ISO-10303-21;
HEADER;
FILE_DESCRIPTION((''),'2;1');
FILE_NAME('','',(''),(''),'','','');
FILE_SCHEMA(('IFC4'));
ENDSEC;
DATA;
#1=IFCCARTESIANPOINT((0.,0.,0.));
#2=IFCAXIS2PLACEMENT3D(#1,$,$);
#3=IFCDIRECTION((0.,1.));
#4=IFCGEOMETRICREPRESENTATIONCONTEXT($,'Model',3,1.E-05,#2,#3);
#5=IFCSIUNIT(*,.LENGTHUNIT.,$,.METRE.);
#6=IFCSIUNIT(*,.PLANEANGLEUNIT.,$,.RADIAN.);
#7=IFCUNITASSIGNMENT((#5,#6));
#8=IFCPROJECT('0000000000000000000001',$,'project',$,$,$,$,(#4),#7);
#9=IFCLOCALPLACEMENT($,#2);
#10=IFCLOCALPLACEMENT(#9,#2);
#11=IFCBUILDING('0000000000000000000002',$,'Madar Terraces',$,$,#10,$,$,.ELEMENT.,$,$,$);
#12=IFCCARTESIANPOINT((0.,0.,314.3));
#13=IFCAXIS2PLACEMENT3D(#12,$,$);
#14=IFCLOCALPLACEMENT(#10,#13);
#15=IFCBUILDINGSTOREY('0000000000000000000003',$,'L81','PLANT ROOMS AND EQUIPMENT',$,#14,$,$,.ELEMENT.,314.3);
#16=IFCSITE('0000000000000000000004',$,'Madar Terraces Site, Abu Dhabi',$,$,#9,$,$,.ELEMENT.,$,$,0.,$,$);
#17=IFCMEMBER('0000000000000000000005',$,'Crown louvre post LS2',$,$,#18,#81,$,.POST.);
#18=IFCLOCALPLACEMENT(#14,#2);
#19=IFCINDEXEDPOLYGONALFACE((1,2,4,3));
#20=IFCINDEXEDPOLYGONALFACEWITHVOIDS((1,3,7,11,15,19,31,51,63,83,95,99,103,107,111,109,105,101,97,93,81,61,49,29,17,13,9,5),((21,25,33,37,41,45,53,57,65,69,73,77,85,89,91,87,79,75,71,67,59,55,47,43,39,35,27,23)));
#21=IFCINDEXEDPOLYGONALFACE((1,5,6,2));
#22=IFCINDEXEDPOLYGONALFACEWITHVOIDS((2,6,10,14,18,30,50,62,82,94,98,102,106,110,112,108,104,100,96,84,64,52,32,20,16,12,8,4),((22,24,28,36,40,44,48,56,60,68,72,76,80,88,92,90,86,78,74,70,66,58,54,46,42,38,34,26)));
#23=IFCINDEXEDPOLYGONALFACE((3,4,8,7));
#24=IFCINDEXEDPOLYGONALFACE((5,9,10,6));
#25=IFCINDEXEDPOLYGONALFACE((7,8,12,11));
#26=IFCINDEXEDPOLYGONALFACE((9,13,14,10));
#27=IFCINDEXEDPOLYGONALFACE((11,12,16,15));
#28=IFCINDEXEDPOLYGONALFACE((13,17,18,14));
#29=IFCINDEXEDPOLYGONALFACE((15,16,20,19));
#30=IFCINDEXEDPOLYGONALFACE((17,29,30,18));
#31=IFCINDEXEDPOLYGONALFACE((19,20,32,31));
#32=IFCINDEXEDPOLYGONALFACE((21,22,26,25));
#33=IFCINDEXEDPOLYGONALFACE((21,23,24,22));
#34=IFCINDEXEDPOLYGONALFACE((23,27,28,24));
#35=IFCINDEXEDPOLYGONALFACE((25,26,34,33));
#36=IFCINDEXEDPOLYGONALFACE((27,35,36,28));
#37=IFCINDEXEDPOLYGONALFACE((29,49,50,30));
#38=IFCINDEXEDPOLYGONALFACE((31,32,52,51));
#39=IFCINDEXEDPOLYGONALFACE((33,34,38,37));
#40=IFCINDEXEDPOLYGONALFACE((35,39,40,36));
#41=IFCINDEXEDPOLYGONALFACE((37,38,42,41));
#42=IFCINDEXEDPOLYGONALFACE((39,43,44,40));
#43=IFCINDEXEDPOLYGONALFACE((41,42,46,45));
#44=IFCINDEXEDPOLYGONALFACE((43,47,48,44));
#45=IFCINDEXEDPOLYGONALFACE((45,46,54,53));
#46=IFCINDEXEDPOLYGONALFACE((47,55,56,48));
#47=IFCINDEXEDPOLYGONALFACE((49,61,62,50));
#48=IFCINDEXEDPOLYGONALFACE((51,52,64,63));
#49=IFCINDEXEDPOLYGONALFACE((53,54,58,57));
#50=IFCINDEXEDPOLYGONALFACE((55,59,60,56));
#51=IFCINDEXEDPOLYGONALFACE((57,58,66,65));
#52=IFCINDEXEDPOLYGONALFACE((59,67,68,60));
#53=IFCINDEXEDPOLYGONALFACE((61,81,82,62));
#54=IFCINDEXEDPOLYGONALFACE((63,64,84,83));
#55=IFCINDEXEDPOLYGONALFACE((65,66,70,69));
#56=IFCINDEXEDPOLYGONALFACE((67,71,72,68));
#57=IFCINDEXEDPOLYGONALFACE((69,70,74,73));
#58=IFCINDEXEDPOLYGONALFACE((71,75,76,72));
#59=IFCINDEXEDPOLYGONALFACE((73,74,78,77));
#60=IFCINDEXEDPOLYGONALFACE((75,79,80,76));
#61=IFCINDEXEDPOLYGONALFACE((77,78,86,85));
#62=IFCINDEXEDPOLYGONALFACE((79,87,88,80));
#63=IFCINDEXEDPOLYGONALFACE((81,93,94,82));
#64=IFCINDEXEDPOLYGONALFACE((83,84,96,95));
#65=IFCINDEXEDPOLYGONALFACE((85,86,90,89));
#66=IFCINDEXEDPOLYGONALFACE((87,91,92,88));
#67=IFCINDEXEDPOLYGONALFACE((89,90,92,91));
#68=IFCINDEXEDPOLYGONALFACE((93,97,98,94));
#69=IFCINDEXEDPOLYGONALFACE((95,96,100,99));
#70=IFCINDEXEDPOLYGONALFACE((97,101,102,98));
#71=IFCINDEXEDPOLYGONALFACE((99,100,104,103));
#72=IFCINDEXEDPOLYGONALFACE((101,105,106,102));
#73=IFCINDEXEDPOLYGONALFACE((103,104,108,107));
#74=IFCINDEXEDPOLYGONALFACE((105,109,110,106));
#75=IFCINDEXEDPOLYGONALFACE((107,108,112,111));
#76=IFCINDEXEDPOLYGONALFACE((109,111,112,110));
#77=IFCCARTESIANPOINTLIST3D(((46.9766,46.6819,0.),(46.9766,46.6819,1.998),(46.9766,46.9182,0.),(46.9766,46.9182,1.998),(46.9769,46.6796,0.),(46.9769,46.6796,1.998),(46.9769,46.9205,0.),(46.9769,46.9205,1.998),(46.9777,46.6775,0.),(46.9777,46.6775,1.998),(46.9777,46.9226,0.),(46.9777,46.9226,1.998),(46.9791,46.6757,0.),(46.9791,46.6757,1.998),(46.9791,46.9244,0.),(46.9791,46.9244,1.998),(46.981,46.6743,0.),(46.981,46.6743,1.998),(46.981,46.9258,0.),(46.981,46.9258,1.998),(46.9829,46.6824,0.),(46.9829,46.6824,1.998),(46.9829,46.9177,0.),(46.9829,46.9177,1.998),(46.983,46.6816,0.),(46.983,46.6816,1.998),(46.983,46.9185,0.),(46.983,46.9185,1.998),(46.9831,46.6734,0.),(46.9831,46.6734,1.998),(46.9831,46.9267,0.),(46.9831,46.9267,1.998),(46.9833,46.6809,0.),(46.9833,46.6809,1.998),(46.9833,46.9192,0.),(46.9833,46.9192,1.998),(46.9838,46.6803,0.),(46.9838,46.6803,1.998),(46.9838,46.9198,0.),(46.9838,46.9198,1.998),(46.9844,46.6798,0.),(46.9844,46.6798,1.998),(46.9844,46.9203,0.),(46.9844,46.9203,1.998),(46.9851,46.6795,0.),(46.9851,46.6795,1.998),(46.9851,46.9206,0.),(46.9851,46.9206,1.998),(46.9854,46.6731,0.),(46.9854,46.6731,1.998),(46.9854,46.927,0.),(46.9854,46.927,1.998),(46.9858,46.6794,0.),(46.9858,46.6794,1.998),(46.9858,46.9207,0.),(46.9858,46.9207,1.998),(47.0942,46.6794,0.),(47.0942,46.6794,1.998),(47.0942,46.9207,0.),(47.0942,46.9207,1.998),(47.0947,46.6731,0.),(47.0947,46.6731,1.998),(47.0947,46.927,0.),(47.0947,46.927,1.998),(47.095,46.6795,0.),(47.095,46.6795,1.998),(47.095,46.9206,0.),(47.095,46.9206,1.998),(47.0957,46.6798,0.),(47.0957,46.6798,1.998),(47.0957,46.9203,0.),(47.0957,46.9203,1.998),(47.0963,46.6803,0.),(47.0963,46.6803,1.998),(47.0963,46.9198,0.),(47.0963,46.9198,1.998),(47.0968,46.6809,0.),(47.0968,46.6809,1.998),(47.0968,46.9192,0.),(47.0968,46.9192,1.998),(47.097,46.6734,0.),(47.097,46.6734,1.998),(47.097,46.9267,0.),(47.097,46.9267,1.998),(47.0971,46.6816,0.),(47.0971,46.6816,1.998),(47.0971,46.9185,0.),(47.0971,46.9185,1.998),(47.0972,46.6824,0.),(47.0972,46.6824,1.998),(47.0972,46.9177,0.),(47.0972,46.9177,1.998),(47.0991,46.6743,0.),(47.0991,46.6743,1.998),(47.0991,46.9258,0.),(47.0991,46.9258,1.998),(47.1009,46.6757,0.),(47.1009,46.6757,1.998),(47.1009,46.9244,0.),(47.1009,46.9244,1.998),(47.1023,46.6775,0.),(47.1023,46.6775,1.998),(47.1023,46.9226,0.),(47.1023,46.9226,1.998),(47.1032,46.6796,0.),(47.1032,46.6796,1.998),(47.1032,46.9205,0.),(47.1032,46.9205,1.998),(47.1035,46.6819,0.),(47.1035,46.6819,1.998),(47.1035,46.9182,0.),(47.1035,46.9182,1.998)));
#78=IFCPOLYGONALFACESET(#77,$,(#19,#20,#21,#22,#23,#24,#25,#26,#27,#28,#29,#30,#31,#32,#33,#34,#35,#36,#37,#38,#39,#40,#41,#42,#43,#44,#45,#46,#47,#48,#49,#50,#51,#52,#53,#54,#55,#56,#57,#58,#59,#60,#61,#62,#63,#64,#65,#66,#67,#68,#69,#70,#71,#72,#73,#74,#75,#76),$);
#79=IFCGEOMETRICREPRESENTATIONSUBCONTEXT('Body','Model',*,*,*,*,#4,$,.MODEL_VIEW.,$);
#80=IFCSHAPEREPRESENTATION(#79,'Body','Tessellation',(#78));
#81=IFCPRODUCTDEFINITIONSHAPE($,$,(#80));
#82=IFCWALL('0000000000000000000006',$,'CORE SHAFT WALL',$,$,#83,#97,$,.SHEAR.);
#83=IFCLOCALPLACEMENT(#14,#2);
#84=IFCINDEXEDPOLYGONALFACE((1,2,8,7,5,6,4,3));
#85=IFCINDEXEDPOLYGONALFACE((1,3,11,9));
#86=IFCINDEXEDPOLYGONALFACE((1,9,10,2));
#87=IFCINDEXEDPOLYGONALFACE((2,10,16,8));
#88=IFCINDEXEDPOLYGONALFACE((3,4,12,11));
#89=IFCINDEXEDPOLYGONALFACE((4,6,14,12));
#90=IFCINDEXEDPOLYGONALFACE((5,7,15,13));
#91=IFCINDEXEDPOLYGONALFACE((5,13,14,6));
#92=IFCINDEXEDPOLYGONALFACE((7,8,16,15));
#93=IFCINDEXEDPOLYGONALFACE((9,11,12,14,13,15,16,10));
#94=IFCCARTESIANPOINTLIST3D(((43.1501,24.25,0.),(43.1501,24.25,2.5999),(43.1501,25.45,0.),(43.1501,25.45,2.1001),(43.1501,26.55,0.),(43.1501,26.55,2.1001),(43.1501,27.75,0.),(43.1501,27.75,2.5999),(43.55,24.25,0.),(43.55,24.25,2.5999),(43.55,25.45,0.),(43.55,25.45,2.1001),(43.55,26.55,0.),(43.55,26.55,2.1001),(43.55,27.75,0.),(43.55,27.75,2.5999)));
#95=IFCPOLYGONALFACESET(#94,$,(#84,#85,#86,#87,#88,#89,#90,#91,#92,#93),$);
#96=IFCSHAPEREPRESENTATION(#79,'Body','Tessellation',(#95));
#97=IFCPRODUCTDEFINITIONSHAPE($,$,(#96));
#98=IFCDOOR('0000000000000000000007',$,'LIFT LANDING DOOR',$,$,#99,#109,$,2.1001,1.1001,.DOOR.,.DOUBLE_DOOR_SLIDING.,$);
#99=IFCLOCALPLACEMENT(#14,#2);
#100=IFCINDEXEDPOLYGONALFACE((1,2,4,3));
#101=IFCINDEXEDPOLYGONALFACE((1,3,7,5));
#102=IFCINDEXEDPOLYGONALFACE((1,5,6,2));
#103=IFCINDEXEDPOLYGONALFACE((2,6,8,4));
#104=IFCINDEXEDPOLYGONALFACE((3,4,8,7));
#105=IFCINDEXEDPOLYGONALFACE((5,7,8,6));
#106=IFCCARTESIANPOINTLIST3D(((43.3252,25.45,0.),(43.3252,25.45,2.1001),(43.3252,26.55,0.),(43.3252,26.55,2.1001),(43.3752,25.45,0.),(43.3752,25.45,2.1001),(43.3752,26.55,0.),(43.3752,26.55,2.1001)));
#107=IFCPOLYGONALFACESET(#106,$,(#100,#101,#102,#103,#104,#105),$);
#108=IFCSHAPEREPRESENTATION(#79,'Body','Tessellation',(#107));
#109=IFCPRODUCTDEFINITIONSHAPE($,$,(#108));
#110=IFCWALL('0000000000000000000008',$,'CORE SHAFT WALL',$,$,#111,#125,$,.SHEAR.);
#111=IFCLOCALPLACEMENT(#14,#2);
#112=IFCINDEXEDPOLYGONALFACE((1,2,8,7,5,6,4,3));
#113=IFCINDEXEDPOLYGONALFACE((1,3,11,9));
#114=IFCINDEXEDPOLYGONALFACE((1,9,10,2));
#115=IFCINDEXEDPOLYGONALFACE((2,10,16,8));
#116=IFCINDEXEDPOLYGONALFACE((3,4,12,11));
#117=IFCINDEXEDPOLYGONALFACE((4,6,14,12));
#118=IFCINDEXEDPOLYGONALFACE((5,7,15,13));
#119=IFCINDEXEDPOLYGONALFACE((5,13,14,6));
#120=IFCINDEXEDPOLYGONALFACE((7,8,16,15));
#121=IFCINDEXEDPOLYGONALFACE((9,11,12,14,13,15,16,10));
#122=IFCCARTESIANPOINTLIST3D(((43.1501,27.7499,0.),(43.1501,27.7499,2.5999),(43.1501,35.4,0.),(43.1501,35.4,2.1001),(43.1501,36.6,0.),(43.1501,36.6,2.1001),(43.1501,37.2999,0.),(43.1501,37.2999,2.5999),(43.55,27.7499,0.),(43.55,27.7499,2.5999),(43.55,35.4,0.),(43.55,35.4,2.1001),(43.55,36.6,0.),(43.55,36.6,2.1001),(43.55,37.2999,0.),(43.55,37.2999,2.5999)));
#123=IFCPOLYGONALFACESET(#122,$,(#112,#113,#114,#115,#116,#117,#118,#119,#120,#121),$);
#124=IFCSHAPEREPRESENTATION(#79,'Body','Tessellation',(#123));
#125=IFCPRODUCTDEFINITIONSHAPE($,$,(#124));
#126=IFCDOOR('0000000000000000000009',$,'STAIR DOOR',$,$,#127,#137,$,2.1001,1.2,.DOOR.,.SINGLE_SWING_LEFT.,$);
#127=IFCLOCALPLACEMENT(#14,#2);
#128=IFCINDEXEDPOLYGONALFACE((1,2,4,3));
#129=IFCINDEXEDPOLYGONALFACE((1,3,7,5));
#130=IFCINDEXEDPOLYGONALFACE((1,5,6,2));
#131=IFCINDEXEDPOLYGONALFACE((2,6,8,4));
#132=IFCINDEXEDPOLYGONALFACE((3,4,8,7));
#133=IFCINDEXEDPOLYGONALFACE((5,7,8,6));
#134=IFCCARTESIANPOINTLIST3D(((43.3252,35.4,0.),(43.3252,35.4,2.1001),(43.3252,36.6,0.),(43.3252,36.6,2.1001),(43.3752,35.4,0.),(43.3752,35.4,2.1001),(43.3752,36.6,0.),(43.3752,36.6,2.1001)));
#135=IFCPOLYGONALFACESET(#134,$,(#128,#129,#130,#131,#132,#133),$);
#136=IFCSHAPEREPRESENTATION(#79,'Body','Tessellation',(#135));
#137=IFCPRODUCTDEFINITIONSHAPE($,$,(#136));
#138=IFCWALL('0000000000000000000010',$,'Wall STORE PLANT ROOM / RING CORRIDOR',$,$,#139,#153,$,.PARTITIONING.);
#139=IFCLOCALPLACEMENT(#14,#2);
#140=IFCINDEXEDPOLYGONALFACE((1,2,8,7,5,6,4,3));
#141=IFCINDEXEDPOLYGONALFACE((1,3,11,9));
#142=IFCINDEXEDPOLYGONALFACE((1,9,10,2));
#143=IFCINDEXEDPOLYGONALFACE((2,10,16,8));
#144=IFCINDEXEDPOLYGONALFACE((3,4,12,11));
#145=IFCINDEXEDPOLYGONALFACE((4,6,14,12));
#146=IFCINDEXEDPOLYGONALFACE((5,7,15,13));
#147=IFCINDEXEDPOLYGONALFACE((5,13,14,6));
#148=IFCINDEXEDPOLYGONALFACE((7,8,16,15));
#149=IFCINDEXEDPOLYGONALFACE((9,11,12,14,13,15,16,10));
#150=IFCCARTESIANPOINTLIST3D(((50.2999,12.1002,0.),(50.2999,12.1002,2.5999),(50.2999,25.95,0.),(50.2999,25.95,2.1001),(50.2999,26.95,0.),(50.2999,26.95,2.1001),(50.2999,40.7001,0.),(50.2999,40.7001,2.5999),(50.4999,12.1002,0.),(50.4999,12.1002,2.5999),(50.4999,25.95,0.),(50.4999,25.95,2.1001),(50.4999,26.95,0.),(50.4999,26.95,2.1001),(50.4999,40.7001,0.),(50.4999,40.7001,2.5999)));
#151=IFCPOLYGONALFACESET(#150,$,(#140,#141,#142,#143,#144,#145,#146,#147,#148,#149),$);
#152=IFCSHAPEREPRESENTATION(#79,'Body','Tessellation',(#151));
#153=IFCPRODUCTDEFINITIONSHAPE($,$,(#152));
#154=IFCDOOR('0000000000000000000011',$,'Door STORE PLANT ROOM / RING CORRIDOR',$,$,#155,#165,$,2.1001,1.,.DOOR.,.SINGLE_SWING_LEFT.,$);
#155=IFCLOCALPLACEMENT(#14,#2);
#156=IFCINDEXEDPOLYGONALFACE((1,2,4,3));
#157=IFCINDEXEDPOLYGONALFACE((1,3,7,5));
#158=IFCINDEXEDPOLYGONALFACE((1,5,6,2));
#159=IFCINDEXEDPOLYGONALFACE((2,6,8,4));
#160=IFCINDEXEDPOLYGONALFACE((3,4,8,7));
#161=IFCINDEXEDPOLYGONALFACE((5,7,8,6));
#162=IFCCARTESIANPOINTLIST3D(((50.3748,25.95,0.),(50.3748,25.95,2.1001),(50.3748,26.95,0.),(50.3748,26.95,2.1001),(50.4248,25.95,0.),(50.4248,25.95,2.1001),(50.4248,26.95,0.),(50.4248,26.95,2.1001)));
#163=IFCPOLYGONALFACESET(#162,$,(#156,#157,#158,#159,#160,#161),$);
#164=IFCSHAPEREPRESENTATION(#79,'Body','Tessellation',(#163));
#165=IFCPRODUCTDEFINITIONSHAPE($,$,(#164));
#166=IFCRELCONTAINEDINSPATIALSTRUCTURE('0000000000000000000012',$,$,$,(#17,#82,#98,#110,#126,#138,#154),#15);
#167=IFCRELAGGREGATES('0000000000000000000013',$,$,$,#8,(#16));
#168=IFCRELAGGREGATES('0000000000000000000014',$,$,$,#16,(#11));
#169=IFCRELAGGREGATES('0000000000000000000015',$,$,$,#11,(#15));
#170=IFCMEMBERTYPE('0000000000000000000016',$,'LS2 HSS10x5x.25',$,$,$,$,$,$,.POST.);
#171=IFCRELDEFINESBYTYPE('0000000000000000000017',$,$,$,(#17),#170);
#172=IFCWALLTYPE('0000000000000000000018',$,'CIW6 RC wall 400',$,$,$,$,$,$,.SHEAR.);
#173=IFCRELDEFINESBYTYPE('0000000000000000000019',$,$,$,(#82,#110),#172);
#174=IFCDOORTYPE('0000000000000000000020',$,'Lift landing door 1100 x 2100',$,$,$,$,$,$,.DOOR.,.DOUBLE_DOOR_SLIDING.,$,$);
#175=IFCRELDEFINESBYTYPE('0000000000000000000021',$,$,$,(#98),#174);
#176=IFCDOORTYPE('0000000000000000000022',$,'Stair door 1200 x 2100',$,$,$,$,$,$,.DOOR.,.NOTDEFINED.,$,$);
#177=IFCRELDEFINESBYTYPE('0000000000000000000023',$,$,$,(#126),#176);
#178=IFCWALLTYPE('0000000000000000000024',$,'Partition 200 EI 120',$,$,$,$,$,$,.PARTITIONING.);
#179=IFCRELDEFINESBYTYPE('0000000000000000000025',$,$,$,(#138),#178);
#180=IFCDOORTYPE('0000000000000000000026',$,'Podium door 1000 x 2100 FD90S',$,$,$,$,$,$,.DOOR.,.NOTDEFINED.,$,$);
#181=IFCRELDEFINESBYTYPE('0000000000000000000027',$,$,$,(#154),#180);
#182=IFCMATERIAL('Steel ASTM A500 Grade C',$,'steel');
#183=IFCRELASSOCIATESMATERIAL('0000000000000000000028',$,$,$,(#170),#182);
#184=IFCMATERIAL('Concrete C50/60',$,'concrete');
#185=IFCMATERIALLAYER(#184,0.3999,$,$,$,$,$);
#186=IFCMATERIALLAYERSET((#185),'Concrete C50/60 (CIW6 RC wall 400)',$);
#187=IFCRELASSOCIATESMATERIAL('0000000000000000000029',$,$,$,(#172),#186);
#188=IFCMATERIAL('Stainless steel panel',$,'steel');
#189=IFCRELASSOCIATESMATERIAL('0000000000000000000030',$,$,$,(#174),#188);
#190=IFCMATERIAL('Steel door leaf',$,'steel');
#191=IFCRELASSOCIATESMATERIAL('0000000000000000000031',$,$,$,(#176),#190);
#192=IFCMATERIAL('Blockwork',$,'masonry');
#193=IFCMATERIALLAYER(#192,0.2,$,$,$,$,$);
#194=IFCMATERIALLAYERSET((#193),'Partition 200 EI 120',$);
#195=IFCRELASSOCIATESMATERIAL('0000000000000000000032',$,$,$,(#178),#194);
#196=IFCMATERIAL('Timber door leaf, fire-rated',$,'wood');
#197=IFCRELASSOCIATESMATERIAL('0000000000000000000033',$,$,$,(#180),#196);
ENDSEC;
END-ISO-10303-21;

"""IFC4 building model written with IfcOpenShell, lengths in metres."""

from ifc_helpers import new_model, si_unit, direction, frame, frame_2d, origin, origin_2d, place, context, subcontext, project, spatial, rectangle, hollow_rectangle, extrude, material, layer, layer_set, material_profile, profile_set, type_object, element, fill, save


model = new_model("IFC4")

# Units and contexts
model_context = context("Model", 3, precision=1e-05, world=origin(), true_north=direction((0.0, 1.0)))
body_context = subcontext(model_context, "Body", "Model", "MODEL_VIEW")
ifc_project = project(units=[si_unit("LENGTHUNIT", "METRE"), si_unit("PLANEANGLEUNIT", "RADIAN")], contexts=[model_context])

# Site, building, storey
site_placement = place(None, origin())
site = spatial("IfcSite", under=ifc_project, at=site_placement, Name="Madar Terraces Site, Abu Dhabi", CompositionType="ELEMENT", RefElevation=0.0)
building_placement = place(site_placement, origin())
building = spatial("IfcBuilding", under=site, at=building_placement, Name="Madar Terraces", CompositionType="ELEMENT")
storey_placement = place(building_placement, frame((0.0, 0.0, 314.3)))
storey = spatial("IfcBuildingStorey", under=building, at=storey_placement, Name="L81", Description="PLANT ROOMS AND EQUIPMENT", CompositionType="ELEMENT", Elevation=314.3)

# Member
ifc_material_1 = material(Name="Steel ASTM A500 Grade C", Category="steel")
ifc_material_profile_1 = material_profile(ifc_material_1, hollow_rectangle(XDim=0.127, YDim=0.2539, WallThickness=0.0063, InnerFilletRadius=0.0029, OuterFilletRadius=0.0088, at=origin_2d()), Name="HSS10x5x.25")
ifc_profile_set_1 = profile_set([ifc_material_profile_1], Name="Steel ASTM A500 Grade C")
member_type = type_object("IfcMemberType", Name="LS2 HSS10x5x.25", PredefinedType="POST", material=ifc_profile_set_1)
for number, where, z_axis, x_axis, name in (
    (1, (47.04, 46.8, 0.0), (0.0, 0.0, 1.0), (-1.0, 0.0, 0.0), "Crown louvre post LS2"),
):
    element("IfcMember", number, at=place(storey_placement, frame(where, z_axis=z_axis, x_axis=x_axis)), inside=storey, type_object=member_type, Name=name, PredefinedType="POST", context=body_context, shape_type="SweptSolid", body=[
        extrude(hollow_rectangle(XDim=0.127, YDim=0.2539, WallThickness=0.0063, InnerFilletRadius=0.0029, OuterFilletRadius=0.0088, at=origin_2d()), origin(), (0.0, 0.0, 1.0), 1.998),
    ])

# Walls, openings, doors
ifc_material_2 = material(Name="Concrete C50/60", Category="concrete")
ifc_layer_1 = layer(ifc_material_2, 0.3999)
ifc_layer_set_1 = layer_set([ifc_layer_1], Name="Concrete C50/60 (CIW6 RC wall 400)")
wall_type_1 = type_object("IfcWallType", Name="CIW6 RC wall 400", PredefinedType="SHEAR", material=ifc_layer_set_1)
wall_1_placement = place(storey_placement, frame((43.3501, 24.25, 0.0), z_axis=(0.0, 0.0, 1.0), x_axis=(0.0, 1.0, 0.0)))
wall_1 = element("IfcWall", 2, at=wall_1_placement, inside=storey, type_object=wall_type_1, Name="CORE SHAFT WALL", PredefinedType="SHEAR", context=body_context, shape_type="SweptSolid", body=[
    extrude(rectangle(XDim=3.5, YDim=0.3999, at=frame_2d((1.75, 0.0))), origin(), (0.0, 0.0, 1.0), 2.5999),
])
opening_1_placement = place(wall_1_placement, frame((1.2, 0.0, 0.0)))
opening_1 = element("IfcOpeningElement", 3, at=opening_1_placement, cuts=wall_1, PredefinedType="OPENING", context=body_context, shape_type="SweptSolid", body=[
    extrude(rectangle(XDim=1.1001, YDim=2.1001, at=frame_2d((0.55, 1.05))), frame((0.0, 0.21, 0.0), z_axis=(0.0, -1.0, 0.0), x_axis=(1.0, 0.0, 0.0)), (0.0, 0.0, 1.0), 0.4199),
])
ifc_material_3 = material(Name="Stainless steel panel", Category="steel")
door_type_1 = type_object("IfcDoorType", Name="Lift landing door 1100 x 2100", OperationType="DOUBLE_DOOR_SLIDING", PredefinedType="DOOR", material=ifc_material_3)
door_1_placement = place(opening_1_placement, origin())
door_1 = element("IfcDoor", 4, at=door_1_placement, inside=storey, type_object=door_type_1, Name="LIFT LANDING DOOR", OperationType="DOUBLE_DOOR_SLIDING", OverallHeight=2.1001, OverallWidth=1.1001, PredefinedType="DOOR", context=body_context, shape_type="SweptSolid", body=[
    extrude(rectangle(XDim=1.1001, YDim=2.1001, at=frame_2d((0.55, 1.05))), frame((0.0, 0.0249, 0.0), z_axis=(0.0, -1.0, 0.0), x_axis=(1.0, 0.0, 0.0)), (0.0, 0.0, 1.0), 0.05),
])
fill(opening_1, door_1)
wall_2_placement = place(storey_placement, frame((43.3501, 27.75, 0.0), z_axis=(0.0, 0.0, 1.0), x_axis=(0.0, 1.0, 0.0)))
wall_2 = element("IfcWall", 5, at=wall_2_placement, inside=storey, type_object=wall_type_1, Name="CORE SHAFT WALL", PredefinedType="SHEAR", context=body_context, shape_type="SweptSolid", body=[
    extrude(rectangle(XDim=9.55, YDim=0.3999, at=frame_2d((4.7749, 0.0))), origin(), (0.0, 0.0, 1.0), 2.5999),
])
opening_2_placement = place(wall_2_placement, frame((7.6499, 0.0, 0.0)))
opening_2 = element("IfcOpeningElement", 6, at=opening_2_placement, cuts=wall_2, PredefinedType="OPENING", context=body_context, shape_type="SweptSolid", body=[
    extrude(rectangle(XDim=1.2, YDim=2.1001, at=frame_2d((0.6001, 1.05))), frame((0.0, 0.21, 0.0), z_axis=(0.0, -1.0, 0.0), x_axis=(1.0, 0.0, 0.0)), (0.0, 0.0, 1.0), 0.4199),
])
ifc_material_4 = material(Name="Steel door leaf", Category="steel")
door_type_2 = type_object("IfcDoorType", Name="Stair door 1200 x 2100", OperationType="NOTDEFINED", PredefinedType="DOOR", material=ifc_material_4)
door_2_placement = place(opening_2_placement, origin())
door_2 = element("IfcDoor", 7, at=door_2_placement, inside=storey, type_object=door_type_2, Name="STAIR DOOR", OperationType="SINGLE_SWING_LEFT", OverallHeight=2.1001, OverallWidth=1.2, PredefinedType="DOOR", context=body_context, shape_type="SweptSolid", body=[
    extrude(rectangle(XDim=1.2, YDim=2.1001, at=frame_2d((0.6001, 1.05))), frame((0.0, 0.0249, 0.0), z_axis=(0.0, -1.0, 0.0), x_axis=(1.0, 0.0, 0.0)), (0.0, 0.0, 1.0), 0.05),
])
fill(opening_2, door_2)
ifc_material_5 = material(Name="Blockwork", Category="masonry")
ifc_layer_2 = layer(ifc_material_5, 0.2)
ifc_layer_set_2 = layer_set([ifc_layer_2], Name="Partition 200 EI 120")
wall_type_2 = type_object("IfcWallType", Name="Partition 200 EI 120", PredefinedType="PARTITIONING", material=ifc_layer_set_2)
wall_3_placement = place(storey_placement, frame((50.3999, 40.7, 0.0), z_axis=(0.0, 0.0, 1.0), x_axis=(0.0, -1.0, 0.0)))
wall_3 = element("IfcWall", 8, at=wall_3_placement, inside=storey, type_object=wall_type_2, Name="Wall STORE PLANT ROOM / RING CORRIDOR", PredefinedType="PARTITIONING", context=body_context, shape_type="SweptSolid", body=[
    extrude(rectangle(XDim=28.5999, YDim=0.2, at=frame_2d((14.2998, 0.0))), origin(), (0.0, 0.0, 1.0), 2.5999),
])
opening_3_placement = place(wall_3_placement, frame((13.75, 0.0, 0.0)))
opening_3 = element("IfcOpeningElement", 9, at=opening_3_placement, cuts=wall_3, PredefinedType="OPENING", context=body_context, shape_type="SweptSolid", body=[
    extrude(rectangle(XDim=1.0, YDim=2.1001, at=frame_2d((0.5, 1.05))), frame((0.0, 0.1099, 0.0), z_axis=(0.0, -1.0, 0.0), x_axis=(1.0, 0.0, 0.0)), (0.0, 0.0, 1.0), 0.22),
])
ifc_material_6 = material(Name="Timber door leaf, fire-rated", Category="wood")
door_type_3 = type_object("IfcDoorType", Name="Podium door 1000 x 2100 FD90S", OperationType="NOTDEFINED", PredefinedType="DOOR", material=ifc_material_6)
door_3_placement = place(opening_3_placement, origin())
door_3 = element("IfcDoor", 10, at=door_3_placement, inside=storey, type_object=door_type_3, Name="Door STORE PLANT ROOM / RING CORRIDOR", OperationType="SINGLE_SWING_LEFT", OverallHeight=2.1001, OverallWidth=1.0, PredefinedType="DOOR", context=body_context, shape_type="SweptSolid", body=[
    extrude(rectangle(XDim=1.0, YDim=2.1001, at=frame_2d((0.5, 1.05))), frame((0.0, 0.0249, 0.0), z_axis=(0.0, -1.0, 0.0), x_axis=(1.0, 0.0, 0.0)), (0.0, 0.0, 1.0), 0.05),
])
fill(opening_3, door_3)

save(model, "model.ifc")
